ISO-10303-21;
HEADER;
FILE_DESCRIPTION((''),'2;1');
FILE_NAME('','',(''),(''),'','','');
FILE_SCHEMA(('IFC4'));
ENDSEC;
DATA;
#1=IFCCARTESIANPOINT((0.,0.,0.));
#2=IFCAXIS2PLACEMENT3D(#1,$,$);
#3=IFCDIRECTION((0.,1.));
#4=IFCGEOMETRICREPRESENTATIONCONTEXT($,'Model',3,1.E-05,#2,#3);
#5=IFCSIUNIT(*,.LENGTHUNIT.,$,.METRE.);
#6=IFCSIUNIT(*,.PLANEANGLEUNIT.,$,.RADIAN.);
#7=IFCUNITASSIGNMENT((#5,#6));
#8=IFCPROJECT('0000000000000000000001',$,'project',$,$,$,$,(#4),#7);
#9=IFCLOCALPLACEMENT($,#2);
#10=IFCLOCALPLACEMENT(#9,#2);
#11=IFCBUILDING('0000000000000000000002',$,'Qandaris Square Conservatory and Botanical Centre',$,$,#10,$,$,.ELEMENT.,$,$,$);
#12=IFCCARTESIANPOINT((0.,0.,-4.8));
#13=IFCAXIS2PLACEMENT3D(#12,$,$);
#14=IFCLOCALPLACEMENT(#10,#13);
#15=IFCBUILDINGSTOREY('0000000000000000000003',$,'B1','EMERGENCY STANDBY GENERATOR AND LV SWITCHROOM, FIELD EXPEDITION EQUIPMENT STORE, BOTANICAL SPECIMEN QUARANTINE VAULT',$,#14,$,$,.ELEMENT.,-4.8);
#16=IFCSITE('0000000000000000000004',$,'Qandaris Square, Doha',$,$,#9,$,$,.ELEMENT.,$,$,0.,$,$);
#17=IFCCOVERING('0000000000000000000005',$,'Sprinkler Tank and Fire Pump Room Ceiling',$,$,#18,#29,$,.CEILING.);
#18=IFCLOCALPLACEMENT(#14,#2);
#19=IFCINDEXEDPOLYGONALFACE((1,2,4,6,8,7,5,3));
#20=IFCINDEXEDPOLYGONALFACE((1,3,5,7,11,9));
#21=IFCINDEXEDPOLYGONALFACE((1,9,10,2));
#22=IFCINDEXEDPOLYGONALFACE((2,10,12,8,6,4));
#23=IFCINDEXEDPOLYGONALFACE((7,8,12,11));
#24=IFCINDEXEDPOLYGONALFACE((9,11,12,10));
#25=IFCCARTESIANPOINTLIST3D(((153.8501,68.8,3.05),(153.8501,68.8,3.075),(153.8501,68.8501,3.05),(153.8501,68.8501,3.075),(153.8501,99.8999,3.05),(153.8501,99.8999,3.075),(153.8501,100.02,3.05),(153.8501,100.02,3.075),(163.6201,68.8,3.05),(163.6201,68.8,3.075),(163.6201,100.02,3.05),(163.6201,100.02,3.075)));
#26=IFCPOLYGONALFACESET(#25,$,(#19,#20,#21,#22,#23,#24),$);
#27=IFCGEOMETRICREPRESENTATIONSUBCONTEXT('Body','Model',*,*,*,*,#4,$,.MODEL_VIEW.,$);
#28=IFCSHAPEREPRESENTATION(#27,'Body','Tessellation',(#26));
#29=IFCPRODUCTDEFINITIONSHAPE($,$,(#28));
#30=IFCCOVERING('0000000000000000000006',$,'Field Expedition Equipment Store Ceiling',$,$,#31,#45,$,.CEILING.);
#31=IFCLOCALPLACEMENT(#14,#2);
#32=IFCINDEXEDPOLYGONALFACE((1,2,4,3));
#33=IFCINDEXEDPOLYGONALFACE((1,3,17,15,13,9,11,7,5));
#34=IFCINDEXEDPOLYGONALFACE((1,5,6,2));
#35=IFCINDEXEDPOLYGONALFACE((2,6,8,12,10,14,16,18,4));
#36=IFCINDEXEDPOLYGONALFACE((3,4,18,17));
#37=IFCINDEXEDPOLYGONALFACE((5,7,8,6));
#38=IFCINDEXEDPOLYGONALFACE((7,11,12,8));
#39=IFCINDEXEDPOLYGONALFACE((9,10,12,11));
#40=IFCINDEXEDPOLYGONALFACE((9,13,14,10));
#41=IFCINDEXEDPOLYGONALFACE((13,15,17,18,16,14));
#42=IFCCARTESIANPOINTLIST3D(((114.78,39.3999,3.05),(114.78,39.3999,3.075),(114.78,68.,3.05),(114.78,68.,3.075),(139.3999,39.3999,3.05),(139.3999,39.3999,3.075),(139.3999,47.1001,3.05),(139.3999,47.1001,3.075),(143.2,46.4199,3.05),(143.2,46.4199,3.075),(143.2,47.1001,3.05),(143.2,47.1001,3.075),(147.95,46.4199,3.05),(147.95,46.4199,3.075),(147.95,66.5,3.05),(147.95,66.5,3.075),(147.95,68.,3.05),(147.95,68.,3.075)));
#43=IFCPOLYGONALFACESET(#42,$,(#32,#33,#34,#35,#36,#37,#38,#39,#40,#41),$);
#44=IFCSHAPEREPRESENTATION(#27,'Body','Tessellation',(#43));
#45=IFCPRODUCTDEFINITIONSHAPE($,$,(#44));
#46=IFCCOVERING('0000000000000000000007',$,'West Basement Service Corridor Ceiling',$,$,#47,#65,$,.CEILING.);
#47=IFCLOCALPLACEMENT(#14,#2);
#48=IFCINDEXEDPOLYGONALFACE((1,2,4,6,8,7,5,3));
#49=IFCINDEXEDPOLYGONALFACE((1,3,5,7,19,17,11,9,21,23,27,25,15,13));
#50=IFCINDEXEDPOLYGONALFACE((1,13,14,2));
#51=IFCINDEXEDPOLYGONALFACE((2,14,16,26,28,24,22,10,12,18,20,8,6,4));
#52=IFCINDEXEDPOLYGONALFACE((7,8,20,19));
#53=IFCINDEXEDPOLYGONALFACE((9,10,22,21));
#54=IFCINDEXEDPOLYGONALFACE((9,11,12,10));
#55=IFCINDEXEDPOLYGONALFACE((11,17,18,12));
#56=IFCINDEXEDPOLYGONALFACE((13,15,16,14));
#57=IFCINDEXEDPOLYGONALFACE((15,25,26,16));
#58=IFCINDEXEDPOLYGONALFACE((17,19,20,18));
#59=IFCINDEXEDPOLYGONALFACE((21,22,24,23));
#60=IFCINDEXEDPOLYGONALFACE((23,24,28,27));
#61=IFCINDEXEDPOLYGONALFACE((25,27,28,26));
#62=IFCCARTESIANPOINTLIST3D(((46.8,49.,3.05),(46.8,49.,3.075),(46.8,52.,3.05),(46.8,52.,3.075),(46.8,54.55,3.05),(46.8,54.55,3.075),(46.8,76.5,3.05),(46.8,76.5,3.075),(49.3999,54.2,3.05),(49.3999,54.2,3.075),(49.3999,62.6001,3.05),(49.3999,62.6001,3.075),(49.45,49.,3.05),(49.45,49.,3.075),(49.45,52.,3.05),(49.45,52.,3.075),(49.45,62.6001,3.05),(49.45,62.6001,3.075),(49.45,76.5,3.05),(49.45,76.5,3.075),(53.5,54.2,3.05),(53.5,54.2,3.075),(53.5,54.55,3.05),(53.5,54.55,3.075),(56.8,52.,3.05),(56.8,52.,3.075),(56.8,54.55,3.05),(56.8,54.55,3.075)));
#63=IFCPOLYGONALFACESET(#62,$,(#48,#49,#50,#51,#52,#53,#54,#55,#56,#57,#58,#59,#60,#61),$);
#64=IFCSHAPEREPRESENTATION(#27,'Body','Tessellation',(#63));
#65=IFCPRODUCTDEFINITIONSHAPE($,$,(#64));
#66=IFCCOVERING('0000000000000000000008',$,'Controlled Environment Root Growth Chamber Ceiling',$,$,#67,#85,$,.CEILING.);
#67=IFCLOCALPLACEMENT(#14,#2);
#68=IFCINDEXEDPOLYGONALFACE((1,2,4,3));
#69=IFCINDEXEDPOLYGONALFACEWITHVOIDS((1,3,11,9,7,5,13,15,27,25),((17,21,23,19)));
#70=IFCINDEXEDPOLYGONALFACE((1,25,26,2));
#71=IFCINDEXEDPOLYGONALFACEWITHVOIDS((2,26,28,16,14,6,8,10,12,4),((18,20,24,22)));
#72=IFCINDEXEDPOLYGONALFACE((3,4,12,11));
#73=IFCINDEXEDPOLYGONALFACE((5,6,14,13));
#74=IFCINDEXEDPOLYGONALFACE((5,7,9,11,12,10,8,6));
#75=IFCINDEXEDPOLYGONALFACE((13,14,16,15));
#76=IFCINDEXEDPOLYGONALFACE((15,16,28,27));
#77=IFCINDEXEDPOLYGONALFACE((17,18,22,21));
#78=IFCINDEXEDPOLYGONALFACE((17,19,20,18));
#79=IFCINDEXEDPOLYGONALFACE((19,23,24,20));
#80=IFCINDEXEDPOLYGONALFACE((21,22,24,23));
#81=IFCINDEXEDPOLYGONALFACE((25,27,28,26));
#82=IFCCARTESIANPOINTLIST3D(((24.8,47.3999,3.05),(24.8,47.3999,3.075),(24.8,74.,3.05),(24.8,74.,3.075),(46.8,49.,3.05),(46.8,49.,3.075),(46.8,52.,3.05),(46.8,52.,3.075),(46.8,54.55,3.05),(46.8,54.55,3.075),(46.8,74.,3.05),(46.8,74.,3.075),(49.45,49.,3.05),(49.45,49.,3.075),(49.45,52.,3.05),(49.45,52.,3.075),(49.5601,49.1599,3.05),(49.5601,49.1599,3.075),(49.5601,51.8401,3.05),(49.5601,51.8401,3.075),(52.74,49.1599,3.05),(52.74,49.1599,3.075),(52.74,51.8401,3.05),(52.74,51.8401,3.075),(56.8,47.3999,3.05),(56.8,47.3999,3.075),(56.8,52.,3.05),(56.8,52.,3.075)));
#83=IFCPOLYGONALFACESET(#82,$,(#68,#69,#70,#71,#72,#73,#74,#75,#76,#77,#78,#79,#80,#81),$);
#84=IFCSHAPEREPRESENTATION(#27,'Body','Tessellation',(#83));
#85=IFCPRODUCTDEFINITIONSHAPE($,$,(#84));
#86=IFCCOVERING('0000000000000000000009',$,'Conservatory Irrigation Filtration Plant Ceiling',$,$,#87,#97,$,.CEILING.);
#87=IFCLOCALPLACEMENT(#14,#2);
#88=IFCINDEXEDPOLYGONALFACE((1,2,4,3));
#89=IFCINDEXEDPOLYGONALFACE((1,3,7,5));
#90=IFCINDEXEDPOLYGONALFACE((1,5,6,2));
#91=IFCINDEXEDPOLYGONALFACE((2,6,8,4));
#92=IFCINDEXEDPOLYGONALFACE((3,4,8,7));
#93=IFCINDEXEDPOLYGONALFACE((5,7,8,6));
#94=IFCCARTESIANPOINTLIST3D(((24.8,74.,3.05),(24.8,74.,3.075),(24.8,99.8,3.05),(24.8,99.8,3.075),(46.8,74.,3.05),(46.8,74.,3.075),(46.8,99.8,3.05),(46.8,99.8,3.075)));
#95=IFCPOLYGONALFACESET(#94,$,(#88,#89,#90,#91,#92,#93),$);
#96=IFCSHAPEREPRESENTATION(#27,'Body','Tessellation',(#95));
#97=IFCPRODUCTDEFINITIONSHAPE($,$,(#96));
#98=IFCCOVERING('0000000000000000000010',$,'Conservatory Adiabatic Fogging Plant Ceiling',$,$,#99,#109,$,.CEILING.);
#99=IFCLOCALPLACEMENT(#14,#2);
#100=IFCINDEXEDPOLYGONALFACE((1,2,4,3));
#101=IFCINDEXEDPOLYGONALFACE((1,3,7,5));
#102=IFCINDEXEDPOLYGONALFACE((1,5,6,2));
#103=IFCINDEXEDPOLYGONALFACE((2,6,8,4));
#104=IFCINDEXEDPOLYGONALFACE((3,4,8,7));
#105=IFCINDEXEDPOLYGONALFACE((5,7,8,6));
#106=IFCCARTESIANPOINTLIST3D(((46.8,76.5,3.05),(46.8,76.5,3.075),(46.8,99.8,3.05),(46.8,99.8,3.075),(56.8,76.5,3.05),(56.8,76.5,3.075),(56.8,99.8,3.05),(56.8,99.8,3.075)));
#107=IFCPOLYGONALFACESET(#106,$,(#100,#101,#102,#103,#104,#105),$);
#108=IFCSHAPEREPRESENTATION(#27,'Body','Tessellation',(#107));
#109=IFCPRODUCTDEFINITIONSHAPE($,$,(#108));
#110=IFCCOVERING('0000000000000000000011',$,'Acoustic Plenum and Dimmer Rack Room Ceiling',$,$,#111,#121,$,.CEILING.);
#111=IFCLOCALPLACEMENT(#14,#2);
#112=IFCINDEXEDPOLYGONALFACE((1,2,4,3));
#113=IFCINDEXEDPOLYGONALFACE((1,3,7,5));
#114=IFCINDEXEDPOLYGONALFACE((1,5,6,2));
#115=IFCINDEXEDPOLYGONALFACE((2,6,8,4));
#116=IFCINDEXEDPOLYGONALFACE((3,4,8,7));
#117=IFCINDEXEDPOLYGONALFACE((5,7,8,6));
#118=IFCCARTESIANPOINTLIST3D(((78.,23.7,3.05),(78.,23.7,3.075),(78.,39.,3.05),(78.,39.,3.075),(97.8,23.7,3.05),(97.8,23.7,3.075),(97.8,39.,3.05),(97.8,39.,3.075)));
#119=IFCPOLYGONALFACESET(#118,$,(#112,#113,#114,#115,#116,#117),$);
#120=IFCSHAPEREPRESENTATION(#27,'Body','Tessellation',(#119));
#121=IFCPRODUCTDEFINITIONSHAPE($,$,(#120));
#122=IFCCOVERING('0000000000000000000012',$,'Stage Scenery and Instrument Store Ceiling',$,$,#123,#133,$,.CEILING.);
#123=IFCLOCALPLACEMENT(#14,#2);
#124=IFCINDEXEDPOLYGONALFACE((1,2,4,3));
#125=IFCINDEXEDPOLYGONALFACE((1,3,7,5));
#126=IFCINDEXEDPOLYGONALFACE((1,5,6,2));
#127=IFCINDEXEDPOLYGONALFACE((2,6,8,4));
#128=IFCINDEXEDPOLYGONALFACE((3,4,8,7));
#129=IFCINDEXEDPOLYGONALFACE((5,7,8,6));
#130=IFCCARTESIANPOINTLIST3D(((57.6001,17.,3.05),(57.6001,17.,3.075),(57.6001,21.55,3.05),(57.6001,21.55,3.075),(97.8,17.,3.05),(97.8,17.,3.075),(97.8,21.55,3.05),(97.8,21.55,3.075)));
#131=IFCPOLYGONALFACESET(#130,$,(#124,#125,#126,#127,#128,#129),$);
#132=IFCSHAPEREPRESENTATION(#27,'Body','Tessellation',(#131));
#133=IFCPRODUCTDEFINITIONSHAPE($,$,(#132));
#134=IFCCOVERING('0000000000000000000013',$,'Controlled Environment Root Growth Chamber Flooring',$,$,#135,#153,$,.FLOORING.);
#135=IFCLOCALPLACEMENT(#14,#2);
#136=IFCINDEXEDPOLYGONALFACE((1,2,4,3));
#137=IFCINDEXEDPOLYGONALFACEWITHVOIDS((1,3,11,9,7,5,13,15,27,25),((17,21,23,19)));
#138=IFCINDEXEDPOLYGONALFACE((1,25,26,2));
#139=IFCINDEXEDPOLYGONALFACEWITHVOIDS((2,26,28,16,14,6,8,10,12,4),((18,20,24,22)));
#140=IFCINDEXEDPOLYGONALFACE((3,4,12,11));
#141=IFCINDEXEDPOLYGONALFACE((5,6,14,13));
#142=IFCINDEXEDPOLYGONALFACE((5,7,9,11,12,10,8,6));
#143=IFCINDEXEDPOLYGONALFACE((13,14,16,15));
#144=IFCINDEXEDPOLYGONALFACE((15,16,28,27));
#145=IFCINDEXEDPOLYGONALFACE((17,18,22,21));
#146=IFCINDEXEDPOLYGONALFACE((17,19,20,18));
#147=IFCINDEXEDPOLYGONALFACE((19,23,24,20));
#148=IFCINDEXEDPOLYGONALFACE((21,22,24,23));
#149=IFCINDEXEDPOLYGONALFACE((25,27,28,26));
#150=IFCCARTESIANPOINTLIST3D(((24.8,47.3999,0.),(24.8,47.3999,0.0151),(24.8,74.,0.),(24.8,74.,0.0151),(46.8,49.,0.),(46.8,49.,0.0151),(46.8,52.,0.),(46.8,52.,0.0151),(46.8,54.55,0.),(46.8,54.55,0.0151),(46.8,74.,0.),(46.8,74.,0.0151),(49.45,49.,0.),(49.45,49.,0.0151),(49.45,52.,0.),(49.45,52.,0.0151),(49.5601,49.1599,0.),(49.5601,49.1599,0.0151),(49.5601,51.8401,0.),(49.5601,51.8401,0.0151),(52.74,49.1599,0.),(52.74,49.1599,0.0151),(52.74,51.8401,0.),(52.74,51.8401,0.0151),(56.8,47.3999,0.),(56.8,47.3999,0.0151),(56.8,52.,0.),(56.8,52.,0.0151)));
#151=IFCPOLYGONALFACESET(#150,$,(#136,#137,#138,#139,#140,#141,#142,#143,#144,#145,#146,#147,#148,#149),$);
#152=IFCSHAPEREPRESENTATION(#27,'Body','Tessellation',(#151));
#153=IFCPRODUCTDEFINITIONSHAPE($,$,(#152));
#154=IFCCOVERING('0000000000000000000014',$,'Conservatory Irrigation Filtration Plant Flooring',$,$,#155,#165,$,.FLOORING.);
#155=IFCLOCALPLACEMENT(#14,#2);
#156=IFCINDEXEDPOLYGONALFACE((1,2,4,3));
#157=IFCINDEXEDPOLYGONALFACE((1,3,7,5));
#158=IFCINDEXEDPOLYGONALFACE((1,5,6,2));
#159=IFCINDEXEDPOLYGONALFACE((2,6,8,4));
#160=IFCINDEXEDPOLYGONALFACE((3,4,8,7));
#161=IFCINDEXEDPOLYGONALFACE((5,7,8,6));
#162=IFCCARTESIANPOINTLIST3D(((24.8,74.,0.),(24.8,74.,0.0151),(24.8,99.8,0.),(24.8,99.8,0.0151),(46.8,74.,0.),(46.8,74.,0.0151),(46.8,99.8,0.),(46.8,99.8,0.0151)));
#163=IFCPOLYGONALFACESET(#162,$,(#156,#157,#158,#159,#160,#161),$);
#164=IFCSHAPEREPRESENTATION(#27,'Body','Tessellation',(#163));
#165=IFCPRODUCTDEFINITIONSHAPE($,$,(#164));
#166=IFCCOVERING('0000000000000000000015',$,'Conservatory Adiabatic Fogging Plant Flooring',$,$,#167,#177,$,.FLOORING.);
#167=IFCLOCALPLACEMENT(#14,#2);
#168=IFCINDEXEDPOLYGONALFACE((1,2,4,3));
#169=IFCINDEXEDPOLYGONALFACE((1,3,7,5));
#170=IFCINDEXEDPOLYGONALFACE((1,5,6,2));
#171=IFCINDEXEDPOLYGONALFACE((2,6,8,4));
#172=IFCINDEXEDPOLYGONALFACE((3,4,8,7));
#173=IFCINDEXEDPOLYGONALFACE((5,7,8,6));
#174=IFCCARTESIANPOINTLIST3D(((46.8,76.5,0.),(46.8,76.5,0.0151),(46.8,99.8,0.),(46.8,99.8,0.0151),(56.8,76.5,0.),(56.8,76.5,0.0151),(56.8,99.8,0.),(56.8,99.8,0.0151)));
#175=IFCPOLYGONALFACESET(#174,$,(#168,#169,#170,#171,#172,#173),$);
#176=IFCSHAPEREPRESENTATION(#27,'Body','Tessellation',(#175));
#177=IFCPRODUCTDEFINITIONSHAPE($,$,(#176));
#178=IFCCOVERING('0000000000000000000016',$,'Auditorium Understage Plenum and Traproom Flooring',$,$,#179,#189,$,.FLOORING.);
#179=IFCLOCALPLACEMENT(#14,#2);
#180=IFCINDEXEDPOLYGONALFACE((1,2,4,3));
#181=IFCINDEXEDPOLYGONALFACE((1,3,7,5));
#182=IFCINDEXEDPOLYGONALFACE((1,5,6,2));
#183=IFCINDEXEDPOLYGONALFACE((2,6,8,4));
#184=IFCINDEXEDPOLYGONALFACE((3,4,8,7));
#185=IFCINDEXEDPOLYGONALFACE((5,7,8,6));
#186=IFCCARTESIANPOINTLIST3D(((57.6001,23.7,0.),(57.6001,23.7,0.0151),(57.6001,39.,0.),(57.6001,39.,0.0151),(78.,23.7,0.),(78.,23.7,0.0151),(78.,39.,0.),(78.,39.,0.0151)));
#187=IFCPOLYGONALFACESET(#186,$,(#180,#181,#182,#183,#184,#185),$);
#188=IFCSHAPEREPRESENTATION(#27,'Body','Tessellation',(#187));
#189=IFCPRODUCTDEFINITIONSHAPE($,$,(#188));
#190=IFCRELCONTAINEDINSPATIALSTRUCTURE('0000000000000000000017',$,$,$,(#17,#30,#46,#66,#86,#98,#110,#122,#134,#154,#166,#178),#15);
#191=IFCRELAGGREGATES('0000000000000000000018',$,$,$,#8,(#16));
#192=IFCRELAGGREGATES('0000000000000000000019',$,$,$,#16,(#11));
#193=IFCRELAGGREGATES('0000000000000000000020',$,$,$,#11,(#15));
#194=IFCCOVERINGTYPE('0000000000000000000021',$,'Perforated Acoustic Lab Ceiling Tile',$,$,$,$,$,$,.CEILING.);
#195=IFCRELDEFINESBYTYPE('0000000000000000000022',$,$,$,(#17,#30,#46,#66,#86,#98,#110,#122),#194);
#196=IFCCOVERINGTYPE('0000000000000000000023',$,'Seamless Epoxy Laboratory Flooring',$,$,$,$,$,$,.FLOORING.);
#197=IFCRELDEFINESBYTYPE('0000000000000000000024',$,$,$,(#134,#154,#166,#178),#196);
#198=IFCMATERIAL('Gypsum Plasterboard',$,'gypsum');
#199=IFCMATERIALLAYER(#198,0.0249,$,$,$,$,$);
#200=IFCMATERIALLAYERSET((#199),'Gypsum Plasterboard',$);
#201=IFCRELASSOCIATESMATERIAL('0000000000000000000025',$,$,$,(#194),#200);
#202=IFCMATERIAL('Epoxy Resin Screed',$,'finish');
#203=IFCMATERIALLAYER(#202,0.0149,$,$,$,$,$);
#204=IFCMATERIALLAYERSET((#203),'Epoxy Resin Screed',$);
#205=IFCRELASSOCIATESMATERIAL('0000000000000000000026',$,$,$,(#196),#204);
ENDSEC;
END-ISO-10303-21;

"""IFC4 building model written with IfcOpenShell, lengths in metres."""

from ifc_helpers import new_model, si_unit, direction, frame, origin, place, context, subcontext, project, spatial, polyline, outline, extrude, material, layer, layer_set, type_object, element, save


model = new_model("IFC4")

# Units and contexts
model_context = context("Model", 3, precision=1e-05, world=origin(), true_north=direction((0.0, 1.0)))
body_context = subcontext(model_context, "Body", "Model", "MODEL_VIEW")
ifc_project = project(units=[si_unit("LENGTHUNIT", "METRE"), si_unit("PLANEANGLEUNIT", "RADIAN")], contexts=[model_context])

# Site, building, storey
site_placement = place(None, origin())
site = spatial("IfcSite", under=ifc_project, at=site_placement, Name="Qandaris Square, Doha", CompositionType="ELEMENT", RefElevation=0.0)
building_placement = place(site_placement, origin())
building = spatial("IfcBuilding", under=site, at=building_placement, Name="Qandaris Square Conservatory and Botanical Centre", CompositionType="ELEMENT")
storey_placement = place(building_placement, frame((0.0, 0.0, -4.8)))
storey = spatial("IfcBuildingStorey", under=building, at=storey_placement, Name="B1", Description="EMERGENCY STANDBY GENERATOR AND LV SWITCHROOM, FIELD EXPEDITION EQUIPMENT STORE, BOTANICAL SPECIMEN QUARANTINE VAULT", CompositionType="ELEMENT", Elevation=-4.8)

# Coverings
ifc_material_1 = material(Name="Gypsum Plasterboard", Category="gypsum")
ifc_layer_1 = layer(ifc_material_1, 0.0249)
ifc_layer_set_1 = layer_set([ifc_layer_1], Name="Gypsum Plasterboard")
covering_type_1 = type_object("IfcCoveringType", Name="Perforated Acoustic Lab Ceiling Tile", PredefinedType="CEILING", material=ifc_layer_set_1)
covering_1_placement = place(storey_placement, frame((0.0, 0.0, 3.05)))
element("IfcCovering", 1, at=covering_1_placement, inside=storey, type_object=covering_type_1, Name="Sprinkler Tank and Fire Pump Room Ceiling", PredefinedType="CEILING", context=body_context, shape_type="SweptSolid", body=[
    extrude(outline(polyline([(153.8501, 100.02), (163.6201, 100.02), (163.6201, 68.8), (153.8501, 68.8), (153.8501, 68.8501), (153.8501, 99.8999), (153.8501, 100.02)])), origin(), (0.0, 0.0, 1.0), 0.0249),
])
covering_2_placement = place(storey_placement, frame((0.0, 0.0, 3.05)))
element("IfcCovering", 2, at=covering_2_placement, inside=storey, type_object=covering_type_1, Name="Field Expedition Equipment Store Ceiling", PredefinedType="CEILING", context=body_context, shape_type="SweptSolid", body=[
    extrude(outline(polyline([(143.2, 46.4199), (143.2, 47.1001), (139.3999, 47.1001), (139.3999, 39.3999), (114.78, 39.3999), (114.78, 68.0), (147.95, 68.0), (147.95, 66.5), (147.95, 46.4199), (143.2, 46.4199)])), origin(), (0.0, 0.0, 1.0), 0.0249),
])
covering_3_placement = place(storey_placement, frame((0.0, 0.0, 3.05)))
element("IfcCovering", 3, at=covering_3_placement, inside=storey, type_object=covering_type_1, Name="West Basement Service Corridor Ceiling", PredefinedType="CEILING", context=body_context, shape_type="SweptSolid", body=[
    extrude(outline(polyline([(46.8, 52.0), (46.8, 54.55), (46.8, 76.5), (49.45, 76.5), (49.45, 62.6001), (49.3999, 62.6001), (49.3999, 54.2), (53.5, 54.2), (53.5, 54.55), (56.8, 54.55), (56.8, 52.0), (49.45, 52.0), (49.45, 49.0), (46.8, 49.0), (46.8, 52.0)])), origin(), (0.0, 0.0, 1.0), 0.0249),
])
covering_4_placement = place(storey_placement, frame((0.0, 0.0, 3.05)))
element("IfcCovering", 4, at=covering_4_placement, inside=storey, type_object=covering_type_1, Name="Controlled Environment Root Growth Chamber Ceiling", PredefinedType="CEILING", context=body_context, shape_type="SweptSolid", body=[
    extrude(outline(polyline([(24.8, 74.0), (46.8, 74.0), (46.8, 54.55), (46.8, 52.0), (46.8, 49.0), (49.45, 49.0), (49.45, 52.0), (56.8, 52.0), (56.8, 47.3999), (24.8, 47.3999), (24.8, 74.0)]), holes=[polyline([(49.5601, 49.1599), (52.74, 49.1599), (52.74, 51.8401), (49.5601, 51.8401), (49.5601, 49.1599)])]), origin(), (0.0, 0.0, 1.0), 0.0249),
])
covering_5_placement = place(storey_placement, frame((0.0, 0.0, 3.05)))
element("IfcCovering", 5, at=covering_5_placement, inside=storey, type_object=covering_type_1, Name="Conservatory Irrigation Filtration Plant Ceiling", PredefinedType="CEILING", context=body_context, shape_type="SweptSolid", body=[
    extrude(outline(polyline([(24.8, 99.8), (46.8, 99.8), (46.8, 74.0), (24.8, 74.0), (24.8, 99.8)])), origin(), (0.0, 0.0, 1.0), 0.0249),
])
covering_6_placement = place(storey_placement, frame((0.0, 0.0, 3.05)))
element("IfcCovering", 6, at=covering_6_placement, inside=storey, type_object=covering_type_1, Name="Conservatory Adiabatic Fogging Plant Ceiling", PredefinedType="CEILING", context=body_context, shape_type="SweptSolid", body=[
    extrude(outline(polyline([(46.8, 99.8), (56.8, 99.8), (56.8, 76.5), (46.8, 76.5), (46.8, 99.8)])), origin(), (0.0, 0.0, 1.0), 0.0249),
])
covering_7_placement = place(storey_placement, frame((0.0, 0.0, 3.05)))
element("IfcCovering", 7, at=covering_7_placement, inside=storey, type_object=covering_type_1, Name="Acoustic Plenum and Dimmer Rack Room Ceiling", PredefinedType="CEILING", context=body_context, shape_type="SweptSolid", body=[
    extrude(outline(polyline([(78.0, 39.0), (97.8, 39.0), (97.8, 23.7), (78.0, 23.7), (78.0, 39.0)])), origin(), (0.0, 0.0, 1.0), 0.0249),
])
covering_8_placement = place(storey_placement, frame((0.0, 0.0, 3.05)))
element("IfcCovering", 8, at=covering_8_placement, inside=storey, type_object=covering_type_1, Name="Stage Scenery and Instrument Store Ceiling", PredefinedType="CEILING", context=body_context, shape_type="SweptSolid", body=[
    extrude(outline(polyline([(57.6001, 21.55), (97.8, 21.55), (97.8, 17.0), (57.6001, 17.0), (57.6001, 21.55)])), origin(), (0.0, 0.0, 1.0), 0.0249),
])
ifc_material_2 = material(Name="Epoxy Resin Screed", Category="finish")
ifc_layer_2 = layer(ifc_material_2, 0.0149)
ifc_layer_set_2 = layer_set([ifc_layer_2], Name="Epoxy Resin Screed")
covering_type_2 = type_object("IfcCoveringType", Name="Seamless Epoxy Laboratory Flooring", PredefinedType="FLOORING", material=ifc_layer_set_2)
covering_9_placement = place(storey_placement, origin())
element("IfcCovering", 9, at=covering_9_placement, inside=storey, type_object=covering_type_2, Name="Controlled Environment Root Growth Chamber Flooring", PredefinedType="FLOORING", context=body_context, shape_type="SweptSolid", body=[
    extrude(outline(polyline([(24.8, 74.0), (46.8, 74.0), (46.8, 54.55), (46.8, 52.0), (46.8, 49.0), (49.45, 49.0), (49.45, 52.0), (56.8, 52.0), (56.8, 47.3999), (24.8, 47.3999), (24.8, 74.0)]), holes=[polyline([(49.5601, 49.1599), (52.74, 49.1599), (52.74, 51.8401), (49.5601, 51.8401), (49.5601, 49.1599)])]), origin(), (0.0, 0.0, 1.0), 0.0151),
])
covering_10_placement = place(storey_placement, origin())
element("IfcCovering", 10, at=covering_10_placement, inside=storey, type_object=covering_type_2, Name="Conservatory Irrigation Filtration Plant Flooring", PredefinedType="FLOORING", context=body_context, shape_type="SweptSolid", body=[
    extrude(outline(polyline([(24.8, 99.8), (46.8, 99.8), (46.8, 74.0), (24.8, 74.0), (24.8, 99.8)])), origin(), (0.0, 0.0, 1.0), 0.0151),
])
covering_11_placement = place(storey_placement, origin())
element("IfcCovering", 11, at=covering_11_placement, inside=storey, type_object=covering_type_2, Name="Conservatory Adiabatic Fogging Plant Flooring", PredefinedType="FLOORING", context=body_context, shape_type="SweptSolid", body=[
    extrude(outline(polyline([(46.8, 99.8), (56.8, 99.8), (56.8, 76.5), (46.8, 76.5), (46.8, 99.8)])), origin(), (0.0, 0.0, 1.0), 0.0151),
])
covering_12_placement = place(storey_placement, origin())
element("IfcCovering", 12, at=covering_12_placement, inside=storey, type_object=covering_type_2, Name="Auditorium Understage Plenum and Traproom Flooring", PredefinedType="FLOORING", context=body_context, shape_type="SweptSolid", body=[
    extrude(outline(polyline([(57.6001, 39.0), (78.0, 39.0), (78.0, 23.7), (57.6001, 23.7), (57.6001, 39.0)])), origin(), (0.0, 0.0, 1.0), 0.0151),
])

save(model, "model.ifc")
